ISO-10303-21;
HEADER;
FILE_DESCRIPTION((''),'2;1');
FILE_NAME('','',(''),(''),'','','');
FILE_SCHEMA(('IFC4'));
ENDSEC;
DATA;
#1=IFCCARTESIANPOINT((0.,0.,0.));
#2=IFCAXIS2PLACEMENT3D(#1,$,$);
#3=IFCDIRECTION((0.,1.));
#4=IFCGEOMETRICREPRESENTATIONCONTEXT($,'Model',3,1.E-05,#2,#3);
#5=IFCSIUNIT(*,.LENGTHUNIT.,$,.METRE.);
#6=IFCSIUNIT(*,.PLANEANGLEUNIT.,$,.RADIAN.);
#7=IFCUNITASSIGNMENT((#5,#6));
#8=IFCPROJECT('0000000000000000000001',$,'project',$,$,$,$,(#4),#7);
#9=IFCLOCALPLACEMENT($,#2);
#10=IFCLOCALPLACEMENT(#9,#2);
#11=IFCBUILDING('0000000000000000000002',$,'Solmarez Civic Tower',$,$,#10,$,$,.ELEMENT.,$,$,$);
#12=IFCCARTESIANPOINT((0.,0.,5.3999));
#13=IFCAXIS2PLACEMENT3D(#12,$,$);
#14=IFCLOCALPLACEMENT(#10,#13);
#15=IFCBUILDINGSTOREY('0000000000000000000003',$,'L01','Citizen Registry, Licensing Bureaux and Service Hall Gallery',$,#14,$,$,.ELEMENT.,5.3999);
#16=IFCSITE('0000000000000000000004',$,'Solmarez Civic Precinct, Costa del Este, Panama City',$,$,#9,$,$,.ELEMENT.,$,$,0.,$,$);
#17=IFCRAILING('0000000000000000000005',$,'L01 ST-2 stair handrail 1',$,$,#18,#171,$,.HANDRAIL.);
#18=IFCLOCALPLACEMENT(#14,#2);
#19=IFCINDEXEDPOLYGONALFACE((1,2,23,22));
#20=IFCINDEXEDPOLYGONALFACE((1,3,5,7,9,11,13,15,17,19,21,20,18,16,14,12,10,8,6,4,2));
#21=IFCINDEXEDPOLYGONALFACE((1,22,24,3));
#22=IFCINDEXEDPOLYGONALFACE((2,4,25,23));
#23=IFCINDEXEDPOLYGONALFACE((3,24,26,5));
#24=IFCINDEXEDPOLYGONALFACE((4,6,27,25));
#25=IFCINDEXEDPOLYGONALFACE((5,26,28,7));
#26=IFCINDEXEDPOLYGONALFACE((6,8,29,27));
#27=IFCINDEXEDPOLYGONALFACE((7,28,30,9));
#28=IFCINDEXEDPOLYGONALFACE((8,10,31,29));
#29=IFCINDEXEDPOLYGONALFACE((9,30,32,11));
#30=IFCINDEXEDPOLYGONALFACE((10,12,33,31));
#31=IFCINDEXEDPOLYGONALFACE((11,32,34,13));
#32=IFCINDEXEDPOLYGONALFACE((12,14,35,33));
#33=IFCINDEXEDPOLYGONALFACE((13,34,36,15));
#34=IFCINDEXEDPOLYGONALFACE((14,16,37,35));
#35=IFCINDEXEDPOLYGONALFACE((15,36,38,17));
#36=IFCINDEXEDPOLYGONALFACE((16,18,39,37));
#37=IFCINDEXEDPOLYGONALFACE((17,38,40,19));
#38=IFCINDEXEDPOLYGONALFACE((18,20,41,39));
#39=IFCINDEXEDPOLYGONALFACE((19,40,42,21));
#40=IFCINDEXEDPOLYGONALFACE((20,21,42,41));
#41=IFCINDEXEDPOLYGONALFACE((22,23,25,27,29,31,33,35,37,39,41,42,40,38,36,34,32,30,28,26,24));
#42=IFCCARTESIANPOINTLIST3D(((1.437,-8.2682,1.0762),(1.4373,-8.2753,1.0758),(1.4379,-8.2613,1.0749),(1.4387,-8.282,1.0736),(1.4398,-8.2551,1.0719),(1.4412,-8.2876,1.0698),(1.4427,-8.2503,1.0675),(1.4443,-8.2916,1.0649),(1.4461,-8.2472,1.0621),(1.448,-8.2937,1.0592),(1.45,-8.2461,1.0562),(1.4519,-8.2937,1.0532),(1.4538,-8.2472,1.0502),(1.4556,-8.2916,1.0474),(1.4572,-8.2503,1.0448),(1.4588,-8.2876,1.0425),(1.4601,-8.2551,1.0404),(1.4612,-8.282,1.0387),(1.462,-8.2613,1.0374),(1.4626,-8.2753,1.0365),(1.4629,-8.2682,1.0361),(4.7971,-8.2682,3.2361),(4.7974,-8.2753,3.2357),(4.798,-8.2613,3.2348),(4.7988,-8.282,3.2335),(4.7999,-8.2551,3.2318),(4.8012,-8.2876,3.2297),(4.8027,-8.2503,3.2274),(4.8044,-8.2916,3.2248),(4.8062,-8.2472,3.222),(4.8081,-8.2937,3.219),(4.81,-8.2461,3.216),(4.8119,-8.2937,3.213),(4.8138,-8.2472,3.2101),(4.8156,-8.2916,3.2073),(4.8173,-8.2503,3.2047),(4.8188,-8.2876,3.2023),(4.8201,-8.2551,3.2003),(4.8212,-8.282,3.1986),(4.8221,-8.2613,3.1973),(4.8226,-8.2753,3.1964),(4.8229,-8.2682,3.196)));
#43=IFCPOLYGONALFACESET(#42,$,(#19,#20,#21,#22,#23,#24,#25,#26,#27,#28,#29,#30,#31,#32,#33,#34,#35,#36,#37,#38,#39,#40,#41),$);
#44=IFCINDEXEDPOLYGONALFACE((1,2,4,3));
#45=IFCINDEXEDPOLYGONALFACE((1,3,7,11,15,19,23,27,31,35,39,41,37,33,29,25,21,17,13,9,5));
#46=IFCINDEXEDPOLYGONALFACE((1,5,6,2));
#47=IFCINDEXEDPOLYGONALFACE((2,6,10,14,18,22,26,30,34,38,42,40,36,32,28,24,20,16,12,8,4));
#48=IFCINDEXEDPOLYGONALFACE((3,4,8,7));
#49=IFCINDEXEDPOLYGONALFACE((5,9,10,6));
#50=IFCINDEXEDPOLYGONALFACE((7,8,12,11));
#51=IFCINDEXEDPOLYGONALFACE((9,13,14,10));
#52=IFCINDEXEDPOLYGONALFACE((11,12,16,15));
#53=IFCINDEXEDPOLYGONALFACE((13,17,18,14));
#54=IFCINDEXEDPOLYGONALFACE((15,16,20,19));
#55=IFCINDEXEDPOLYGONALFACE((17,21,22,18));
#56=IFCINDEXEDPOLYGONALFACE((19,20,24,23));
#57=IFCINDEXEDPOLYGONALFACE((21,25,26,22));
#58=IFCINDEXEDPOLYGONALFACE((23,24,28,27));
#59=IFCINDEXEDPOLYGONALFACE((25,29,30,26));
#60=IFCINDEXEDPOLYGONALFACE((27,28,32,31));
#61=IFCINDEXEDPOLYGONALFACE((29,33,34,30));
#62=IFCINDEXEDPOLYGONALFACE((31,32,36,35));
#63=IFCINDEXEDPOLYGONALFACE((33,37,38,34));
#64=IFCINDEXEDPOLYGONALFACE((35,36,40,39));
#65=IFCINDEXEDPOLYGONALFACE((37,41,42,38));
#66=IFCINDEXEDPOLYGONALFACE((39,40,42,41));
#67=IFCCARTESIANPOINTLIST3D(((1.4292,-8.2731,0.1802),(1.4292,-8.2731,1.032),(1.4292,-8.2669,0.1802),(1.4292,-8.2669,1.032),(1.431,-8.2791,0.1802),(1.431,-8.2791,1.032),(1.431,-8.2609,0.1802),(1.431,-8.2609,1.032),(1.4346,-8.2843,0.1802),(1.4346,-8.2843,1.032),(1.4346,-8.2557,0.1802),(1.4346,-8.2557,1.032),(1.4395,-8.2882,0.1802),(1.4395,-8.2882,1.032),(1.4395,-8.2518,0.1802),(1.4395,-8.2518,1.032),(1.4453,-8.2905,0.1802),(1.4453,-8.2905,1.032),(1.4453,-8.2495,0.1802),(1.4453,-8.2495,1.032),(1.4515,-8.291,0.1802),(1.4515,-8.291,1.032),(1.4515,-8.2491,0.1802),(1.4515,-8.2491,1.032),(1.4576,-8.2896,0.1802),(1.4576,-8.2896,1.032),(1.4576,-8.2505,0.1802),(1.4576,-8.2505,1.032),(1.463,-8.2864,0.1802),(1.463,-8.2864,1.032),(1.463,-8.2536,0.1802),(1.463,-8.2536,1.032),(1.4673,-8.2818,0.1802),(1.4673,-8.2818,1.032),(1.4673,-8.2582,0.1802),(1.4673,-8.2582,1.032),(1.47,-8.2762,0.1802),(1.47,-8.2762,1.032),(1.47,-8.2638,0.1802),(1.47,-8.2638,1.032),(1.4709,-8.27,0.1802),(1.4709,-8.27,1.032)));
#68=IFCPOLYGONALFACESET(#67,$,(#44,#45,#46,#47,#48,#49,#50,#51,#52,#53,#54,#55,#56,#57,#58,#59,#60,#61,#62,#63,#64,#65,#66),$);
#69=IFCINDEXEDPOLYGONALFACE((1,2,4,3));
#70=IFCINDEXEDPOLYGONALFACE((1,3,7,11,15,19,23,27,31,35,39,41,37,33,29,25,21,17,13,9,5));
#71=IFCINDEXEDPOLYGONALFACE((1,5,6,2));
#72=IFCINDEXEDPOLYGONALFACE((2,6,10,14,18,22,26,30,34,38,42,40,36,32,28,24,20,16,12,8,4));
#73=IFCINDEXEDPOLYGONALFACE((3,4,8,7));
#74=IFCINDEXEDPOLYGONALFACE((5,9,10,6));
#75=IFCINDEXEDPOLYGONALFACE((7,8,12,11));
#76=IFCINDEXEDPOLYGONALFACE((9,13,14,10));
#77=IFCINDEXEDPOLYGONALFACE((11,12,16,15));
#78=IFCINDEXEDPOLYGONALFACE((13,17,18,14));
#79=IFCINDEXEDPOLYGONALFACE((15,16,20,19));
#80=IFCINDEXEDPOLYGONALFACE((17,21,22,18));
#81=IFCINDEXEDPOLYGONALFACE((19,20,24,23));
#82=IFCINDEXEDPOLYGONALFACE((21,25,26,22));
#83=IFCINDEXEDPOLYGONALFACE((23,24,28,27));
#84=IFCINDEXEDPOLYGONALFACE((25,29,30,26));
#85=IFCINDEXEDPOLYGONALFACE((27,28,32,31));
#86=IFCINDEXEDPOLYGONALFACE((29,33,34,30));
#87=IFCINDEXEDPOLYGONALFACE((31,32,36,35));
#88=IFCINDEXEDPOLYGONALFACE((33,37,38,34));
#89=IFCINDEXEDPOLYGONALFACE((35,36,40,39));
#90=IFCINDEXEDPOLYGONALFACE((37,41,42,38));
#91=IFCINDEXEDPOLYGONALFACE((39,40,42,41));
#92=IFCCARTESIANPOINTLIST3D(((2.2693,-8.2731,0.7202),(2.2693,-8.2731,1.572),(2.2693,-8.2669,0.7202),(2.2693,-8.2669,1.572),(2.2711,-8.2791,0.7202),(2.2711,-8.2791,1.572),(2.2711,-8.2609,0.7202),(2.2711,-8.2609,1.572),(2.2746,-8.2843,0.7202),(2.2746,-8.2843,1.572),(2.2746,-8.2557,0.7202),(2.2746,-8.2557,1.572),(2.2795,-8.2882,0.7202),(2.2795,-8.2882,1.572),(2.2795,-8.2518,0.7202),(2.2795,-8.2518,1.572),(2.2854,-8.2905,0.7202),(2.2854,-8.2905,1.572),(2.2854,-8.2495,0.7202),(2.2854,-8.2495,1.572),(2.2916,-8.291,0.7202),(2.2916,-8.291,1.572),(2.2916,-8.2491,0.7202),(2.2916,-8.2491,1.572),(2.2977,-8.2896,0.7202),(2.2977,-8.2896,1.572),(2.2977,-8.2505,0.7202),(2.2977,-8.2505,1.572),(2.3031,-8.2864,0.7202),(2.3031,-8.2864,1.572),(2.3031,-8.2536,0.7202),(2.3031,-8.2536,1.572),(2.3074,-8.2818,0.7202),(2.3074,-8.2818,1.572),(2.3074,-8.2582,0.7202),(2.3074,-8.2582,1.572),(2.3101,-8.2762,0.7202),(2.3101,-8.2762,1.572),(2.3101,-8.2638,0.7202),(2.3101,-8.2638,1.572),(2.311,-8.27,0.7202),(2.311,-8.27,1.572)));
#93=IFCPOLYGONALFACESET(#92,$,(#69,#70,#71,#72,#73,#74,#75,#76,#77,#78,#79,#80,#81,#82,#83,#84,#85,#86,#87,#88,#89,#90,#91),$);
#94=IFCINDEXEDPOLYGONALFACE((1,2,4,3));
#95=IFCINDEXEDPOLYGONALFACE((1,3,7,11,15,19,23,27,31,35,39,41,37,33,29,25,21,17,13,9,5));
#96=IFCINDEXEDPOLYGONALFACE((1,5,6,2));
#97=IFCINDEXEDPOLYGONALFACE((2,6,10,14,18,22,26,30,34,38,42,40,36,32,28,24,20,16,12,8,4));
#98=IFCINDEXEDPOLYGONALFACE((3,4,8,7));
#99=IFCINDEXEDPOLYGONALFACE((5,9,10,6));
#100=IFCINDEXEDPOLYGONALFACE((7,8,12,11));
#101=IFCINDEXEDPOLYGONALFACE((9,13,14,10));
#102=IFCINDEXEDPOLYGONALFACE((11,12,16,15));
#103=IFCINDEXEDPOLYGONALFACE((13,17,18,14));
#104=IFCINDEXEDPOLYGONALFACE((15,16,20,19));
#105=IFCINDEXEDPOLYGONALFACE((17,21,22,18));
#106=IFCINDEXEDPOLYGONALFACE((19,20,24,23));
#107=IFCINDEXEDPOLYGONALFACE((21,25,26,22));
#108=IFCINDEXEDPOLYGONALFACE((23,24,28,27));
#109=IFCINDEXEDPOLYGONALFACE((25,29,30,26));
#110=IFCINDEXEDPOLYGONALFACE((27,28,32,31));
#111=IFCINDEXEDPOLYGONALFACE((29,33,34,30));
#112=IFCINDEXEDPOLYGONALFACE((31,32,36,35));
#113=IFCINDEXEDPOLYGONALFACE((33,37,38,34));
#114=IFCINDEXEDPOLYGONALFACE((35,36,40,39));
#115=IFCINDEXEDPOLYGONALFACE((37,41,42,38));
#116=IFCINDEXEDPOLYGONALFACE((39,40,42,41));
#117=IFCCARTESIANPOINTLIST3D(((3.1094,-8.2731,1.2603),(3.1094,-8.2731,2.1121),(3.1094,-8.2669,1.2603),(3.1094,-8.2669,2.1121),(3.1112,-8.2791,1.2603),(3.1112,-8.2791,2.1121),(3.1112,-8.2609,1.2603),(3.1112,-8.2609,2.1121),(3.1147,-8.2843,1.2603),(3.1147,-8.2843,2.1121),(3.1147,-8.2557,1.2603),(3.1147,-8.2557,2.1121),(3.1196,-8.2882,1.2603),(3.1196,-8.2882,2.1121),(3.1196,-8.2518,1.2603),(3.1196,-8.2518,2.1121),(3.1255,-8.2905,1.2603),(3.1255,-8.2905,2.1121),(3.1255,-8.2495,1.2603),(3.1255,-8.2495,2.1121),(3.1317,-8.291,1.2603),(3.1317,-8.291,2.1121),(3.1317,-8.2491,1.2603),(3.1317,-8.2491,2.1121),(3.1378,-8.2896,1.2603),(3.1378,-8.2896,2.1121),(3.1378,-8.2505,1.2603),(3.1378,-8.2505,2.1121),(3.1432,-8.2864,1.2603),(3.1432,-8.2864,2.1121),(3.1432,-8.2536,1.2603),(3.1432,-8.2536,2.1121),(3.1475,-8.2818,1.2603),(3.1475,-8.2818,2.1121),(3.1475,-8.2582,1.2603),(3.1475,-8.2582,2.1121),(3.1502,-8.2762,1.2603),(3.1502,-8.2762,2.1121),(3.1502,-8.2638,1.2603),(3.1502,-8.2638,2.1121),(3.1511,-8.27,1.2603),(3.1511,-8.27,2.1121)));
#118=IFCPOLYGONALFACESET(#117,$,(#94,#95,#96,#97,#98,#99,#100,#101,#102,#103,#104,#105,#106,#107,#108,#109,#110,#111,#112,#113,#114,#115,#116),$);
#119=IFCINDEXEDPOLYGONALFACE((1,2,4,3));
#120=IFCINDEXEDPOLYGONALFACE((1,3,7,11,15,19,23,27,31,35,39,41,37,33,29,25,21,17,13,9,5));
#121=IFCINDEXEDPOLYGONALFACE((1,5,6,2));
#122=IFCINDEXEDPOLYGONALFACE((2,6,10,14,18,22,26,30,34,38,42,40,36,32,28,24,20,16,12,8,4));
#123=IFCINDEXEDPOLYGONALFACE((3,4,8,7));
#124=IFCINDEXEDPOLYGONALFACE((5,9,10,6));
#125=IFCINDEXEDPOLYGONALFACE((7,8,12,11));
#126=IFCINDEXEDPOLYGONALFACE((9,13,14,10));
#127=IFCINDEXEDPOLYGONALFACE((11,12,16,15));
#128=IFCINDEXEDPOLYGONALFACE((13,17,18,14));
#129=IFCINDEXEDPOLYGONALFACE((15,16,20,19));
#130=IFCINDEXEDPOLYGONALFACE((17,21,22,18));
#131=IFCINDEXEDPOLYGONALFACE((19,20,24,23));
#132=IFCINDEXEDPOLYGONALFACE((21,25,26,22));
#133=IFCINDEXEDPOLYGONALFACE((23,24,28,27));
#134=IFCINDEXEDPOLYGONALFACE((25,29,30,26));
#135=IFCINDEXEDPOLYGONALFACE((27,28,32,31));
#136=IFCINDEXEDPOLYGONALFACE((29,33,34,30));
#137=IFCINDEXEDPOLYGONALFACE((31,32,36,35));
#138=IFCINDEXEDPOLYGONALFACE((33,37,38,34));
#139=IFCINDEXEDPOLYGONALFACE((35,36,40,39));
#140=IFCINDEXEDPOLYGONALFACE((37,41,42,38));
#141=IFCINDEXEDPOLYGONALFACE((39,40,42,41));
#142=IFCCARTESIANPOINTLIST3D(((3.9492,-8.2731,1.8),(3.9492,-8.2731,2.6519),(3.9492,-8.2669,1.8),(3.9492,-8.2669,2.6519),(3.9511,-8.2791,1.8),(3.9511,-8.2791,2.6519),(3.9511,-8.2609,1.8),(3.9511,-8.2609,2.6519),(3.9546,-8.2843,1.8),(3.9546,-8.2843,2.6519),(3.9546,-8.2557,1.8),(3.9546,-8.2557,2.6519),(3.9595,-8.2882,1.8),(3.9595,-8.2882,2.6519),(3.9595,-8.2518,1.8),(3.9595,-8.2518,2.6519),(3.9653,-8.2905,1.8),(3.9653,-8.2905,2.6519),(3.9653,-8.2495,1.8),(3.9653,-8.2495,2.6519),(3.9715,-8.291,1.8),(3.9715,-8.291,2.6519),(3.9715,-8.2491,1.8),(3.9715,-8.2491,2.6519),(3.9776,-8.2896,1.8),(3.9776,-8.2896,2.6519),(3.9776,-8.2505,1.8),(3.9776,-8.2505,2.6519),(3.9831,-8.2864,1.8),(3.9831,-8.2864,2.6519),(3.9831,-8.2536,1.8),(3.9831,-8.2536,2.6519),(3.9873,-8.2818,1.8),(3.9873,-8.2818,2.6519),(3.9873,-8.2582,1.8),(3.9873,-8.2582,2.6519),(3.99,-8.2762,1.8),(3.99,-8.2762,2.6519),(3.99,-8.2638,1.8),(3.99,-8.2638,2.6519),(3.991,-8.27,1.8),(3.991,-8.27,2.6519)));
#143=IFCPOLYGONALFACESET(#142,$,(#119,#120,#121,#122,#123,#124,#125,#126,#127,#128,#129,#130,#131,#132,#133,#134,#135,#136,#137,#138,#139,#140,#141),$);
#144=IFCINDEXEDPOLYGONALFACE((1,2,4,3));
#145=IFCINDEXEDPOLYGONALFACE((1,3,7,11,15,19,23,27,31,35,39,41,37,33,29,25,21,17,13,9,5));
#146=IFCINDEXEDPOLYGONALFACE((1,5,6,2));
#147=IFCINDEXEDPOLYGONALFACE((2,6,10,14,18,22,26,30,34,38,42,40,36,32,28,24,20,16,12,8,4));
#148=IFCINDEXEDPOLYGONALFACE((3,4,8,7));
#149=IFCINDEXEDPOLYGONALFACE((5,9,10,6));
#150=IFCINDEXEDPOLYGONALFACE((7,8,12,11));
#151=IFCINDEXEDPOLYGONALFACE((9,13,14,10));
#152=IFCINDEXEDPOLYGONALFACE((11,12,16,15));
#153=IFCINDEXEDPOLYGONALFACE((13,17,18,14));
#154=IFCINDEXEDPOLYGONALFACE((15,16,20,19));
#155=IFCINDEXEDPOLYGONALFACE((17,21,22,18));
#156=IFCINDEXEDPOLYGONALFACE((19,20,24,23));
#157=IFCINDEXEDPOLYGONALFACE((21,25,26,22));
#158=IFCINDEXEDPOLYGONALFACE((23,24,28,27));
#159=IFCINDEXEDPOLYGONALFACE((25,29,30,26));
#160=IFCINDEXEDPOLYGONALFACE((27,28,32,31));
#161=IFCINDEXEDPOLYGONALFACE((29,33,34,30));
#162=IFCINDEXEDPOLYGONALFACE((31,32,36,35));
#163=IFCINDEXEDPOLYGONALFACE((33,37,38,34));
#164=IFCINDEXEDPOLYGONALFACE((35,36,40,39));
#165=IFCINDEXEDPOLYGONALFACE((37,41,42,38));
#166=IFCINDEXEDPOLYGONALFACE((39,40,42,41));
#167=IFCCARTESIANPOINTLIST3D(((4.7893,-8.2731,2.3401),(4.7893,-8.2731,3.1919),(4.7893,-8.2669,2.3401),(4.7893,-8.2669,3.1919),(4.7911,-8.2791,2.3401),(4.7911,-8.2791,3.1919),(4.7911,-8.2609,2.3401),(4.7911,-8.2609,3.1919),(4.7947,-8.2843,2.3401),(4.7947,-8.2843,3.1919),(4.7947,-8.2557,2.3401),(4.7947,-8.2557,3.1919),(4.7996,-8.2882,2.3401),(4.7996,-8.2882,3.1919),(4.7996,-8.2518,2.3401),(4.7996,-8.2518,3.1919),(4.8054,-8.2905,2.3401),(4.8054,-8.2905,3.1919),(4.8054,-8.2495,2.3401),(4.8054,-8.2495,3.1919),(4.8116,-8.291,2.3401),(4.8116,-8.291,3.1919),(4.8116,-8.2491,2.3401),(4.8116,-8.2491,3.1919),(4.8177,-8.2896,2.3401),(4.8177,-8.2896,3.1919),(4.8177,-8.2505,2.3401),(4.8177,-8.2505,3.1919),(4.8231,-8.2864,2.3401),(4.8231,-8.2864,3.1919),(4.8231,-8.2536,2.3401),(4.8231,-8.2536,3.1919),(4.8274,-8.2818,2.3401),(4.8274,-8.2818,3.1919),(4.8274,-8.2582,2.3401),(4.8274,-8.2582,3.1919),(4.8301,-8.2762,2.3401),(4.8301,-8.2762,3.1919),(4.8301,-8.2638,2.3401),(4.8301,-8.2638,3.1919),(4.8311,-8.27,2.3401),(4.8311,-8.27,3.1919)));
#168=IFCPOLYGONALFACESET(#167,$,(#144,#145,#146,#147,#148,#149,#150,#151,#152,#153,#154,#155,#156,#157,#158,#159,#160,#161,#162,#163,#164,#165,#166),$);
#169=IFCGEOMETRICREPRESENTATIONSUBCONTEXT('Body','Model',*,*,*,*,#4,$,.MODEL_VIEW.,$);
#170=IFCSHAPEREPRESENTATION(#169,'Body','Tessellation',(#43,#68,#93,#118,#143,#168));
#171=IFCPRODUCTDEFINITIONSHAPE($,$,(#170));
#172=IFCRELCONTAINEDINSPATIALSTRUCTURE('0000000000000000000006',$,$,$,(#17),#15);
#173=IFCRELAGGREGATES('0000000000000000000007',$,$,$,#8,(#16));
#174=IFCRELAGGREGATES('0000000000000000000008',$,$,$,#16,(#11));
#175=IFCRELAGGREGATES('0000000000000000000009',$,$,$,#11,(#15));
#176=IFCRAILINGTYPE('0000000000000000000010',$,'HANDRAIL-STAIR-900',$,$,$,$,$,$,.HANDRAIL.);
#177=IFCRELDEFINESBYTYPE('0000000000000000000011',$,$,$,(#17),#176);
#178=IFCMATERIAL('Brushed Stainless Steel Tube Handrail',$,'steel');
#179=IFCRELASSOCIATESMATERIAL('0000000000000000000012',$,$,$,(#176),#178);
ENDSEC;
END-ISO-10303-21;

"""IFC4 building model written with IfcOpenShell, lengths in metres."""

from ifc_helpers import new_model, si_unit, direction, frame, origin, origin_2d, place, context, subcontext, project, spatial, circle, extrude, material, type_object, element, save


model = new_model("IFC4")

# Units and contexts
model_context = context("Model", 3, precision=1e-05, world=origin(), true_north=direction((0.0, 1.0)))
body_context = subcontext(model_context, "Body", "Model", "MODEL_VIEW")
ifc_project = project(units=[si_unit("LENGTHUNIT", "METRE"), si_unit("PLANEANGLEUNIT", "RADIAN")], contexts=[model_context])

# Site, building, storey
site_placement = place(None, origin())
site = spatial("IfcSite", under=ifc_project, at=site_placement, Name="Solmarez Civic Precinct, Costa del Este, Panama City", CompositionType="ELEMENT", RefElevation=0.0)
building_placement = place(site_placement, origin())
building = spatial("IfcBuilding", under=site, at=building_placement, Name="Solmarez Civic Tower", CompositionType="ELEMENT")
storey_placement = place(building_placement, frame((0.0, 0.0, 5.3999)))
storey = spatial("IfcBuildingStorey", under=building, at=storey_placement, Name="L01", Description="Citizen Registry, Licensing Bureaux and Service Hall Gallery", CompositionType="ELEMENT", Elevation=5.3999)

# Railing
ifc_material_1 = material(Name="Brushed Stainless Steel Tube Handrail", Category="steel")
railing_type_1 = type_object("IfcRailingType", Name="HANDRAIL-STAIR-900", PredefinedType="HANDRAIL", material=ifc_material_1)
railing_1_placement = place(storey_placement, frame((1.45, -8.27, 0.1802)))
element("IfcRailing", 1, at=railing_1_placement, inside=storey, type_object=railing_type_1, Name="L01 ST-2 stair handrail 1", PredefinedType="HANDRAIL", context=body_context, shape_type="SweptSolid", body=[
    extrude(circle(Radius=0.0239, at=origin_2d()), frame((0.0, 0.0, 0.876), z_axis=(0.841196, 0.0, 0.54073), x_axis=(0.0, 1.0, 0.0)), (0.0, 0.0, 1.0), 3.9944),
    extrude(circle(Radius=0.021, at=origin_2d()), origin(), (0.0, 0.0, 1.0), 0.8518),
    extrude(circle(Radius=0.021, at=origin_2d()), frame((0.8401, 0.0, 0.54)), (0.0, 0.0, 1.0), 0.8518),
    extrude(circle(Radius=0.021, at=origin_2d()), frame((1.6802, 0.0, 1.0801)), (0.0, 0.0, 1.0), 0.8518),
    extrude(circle(Radius=0.021, at=origin_2d()), frame((2.52, 0.0, 1.6199)), (0.0, 0.0, 1.0), 0.8518),
    extrude(circle(Radius=0.021, at=origin_2d()), frame((3.3601, 0.0, 2.1599)), (0.0, 0.0, 1.0), 0.8518),
])

save(model, "model.ifc")
